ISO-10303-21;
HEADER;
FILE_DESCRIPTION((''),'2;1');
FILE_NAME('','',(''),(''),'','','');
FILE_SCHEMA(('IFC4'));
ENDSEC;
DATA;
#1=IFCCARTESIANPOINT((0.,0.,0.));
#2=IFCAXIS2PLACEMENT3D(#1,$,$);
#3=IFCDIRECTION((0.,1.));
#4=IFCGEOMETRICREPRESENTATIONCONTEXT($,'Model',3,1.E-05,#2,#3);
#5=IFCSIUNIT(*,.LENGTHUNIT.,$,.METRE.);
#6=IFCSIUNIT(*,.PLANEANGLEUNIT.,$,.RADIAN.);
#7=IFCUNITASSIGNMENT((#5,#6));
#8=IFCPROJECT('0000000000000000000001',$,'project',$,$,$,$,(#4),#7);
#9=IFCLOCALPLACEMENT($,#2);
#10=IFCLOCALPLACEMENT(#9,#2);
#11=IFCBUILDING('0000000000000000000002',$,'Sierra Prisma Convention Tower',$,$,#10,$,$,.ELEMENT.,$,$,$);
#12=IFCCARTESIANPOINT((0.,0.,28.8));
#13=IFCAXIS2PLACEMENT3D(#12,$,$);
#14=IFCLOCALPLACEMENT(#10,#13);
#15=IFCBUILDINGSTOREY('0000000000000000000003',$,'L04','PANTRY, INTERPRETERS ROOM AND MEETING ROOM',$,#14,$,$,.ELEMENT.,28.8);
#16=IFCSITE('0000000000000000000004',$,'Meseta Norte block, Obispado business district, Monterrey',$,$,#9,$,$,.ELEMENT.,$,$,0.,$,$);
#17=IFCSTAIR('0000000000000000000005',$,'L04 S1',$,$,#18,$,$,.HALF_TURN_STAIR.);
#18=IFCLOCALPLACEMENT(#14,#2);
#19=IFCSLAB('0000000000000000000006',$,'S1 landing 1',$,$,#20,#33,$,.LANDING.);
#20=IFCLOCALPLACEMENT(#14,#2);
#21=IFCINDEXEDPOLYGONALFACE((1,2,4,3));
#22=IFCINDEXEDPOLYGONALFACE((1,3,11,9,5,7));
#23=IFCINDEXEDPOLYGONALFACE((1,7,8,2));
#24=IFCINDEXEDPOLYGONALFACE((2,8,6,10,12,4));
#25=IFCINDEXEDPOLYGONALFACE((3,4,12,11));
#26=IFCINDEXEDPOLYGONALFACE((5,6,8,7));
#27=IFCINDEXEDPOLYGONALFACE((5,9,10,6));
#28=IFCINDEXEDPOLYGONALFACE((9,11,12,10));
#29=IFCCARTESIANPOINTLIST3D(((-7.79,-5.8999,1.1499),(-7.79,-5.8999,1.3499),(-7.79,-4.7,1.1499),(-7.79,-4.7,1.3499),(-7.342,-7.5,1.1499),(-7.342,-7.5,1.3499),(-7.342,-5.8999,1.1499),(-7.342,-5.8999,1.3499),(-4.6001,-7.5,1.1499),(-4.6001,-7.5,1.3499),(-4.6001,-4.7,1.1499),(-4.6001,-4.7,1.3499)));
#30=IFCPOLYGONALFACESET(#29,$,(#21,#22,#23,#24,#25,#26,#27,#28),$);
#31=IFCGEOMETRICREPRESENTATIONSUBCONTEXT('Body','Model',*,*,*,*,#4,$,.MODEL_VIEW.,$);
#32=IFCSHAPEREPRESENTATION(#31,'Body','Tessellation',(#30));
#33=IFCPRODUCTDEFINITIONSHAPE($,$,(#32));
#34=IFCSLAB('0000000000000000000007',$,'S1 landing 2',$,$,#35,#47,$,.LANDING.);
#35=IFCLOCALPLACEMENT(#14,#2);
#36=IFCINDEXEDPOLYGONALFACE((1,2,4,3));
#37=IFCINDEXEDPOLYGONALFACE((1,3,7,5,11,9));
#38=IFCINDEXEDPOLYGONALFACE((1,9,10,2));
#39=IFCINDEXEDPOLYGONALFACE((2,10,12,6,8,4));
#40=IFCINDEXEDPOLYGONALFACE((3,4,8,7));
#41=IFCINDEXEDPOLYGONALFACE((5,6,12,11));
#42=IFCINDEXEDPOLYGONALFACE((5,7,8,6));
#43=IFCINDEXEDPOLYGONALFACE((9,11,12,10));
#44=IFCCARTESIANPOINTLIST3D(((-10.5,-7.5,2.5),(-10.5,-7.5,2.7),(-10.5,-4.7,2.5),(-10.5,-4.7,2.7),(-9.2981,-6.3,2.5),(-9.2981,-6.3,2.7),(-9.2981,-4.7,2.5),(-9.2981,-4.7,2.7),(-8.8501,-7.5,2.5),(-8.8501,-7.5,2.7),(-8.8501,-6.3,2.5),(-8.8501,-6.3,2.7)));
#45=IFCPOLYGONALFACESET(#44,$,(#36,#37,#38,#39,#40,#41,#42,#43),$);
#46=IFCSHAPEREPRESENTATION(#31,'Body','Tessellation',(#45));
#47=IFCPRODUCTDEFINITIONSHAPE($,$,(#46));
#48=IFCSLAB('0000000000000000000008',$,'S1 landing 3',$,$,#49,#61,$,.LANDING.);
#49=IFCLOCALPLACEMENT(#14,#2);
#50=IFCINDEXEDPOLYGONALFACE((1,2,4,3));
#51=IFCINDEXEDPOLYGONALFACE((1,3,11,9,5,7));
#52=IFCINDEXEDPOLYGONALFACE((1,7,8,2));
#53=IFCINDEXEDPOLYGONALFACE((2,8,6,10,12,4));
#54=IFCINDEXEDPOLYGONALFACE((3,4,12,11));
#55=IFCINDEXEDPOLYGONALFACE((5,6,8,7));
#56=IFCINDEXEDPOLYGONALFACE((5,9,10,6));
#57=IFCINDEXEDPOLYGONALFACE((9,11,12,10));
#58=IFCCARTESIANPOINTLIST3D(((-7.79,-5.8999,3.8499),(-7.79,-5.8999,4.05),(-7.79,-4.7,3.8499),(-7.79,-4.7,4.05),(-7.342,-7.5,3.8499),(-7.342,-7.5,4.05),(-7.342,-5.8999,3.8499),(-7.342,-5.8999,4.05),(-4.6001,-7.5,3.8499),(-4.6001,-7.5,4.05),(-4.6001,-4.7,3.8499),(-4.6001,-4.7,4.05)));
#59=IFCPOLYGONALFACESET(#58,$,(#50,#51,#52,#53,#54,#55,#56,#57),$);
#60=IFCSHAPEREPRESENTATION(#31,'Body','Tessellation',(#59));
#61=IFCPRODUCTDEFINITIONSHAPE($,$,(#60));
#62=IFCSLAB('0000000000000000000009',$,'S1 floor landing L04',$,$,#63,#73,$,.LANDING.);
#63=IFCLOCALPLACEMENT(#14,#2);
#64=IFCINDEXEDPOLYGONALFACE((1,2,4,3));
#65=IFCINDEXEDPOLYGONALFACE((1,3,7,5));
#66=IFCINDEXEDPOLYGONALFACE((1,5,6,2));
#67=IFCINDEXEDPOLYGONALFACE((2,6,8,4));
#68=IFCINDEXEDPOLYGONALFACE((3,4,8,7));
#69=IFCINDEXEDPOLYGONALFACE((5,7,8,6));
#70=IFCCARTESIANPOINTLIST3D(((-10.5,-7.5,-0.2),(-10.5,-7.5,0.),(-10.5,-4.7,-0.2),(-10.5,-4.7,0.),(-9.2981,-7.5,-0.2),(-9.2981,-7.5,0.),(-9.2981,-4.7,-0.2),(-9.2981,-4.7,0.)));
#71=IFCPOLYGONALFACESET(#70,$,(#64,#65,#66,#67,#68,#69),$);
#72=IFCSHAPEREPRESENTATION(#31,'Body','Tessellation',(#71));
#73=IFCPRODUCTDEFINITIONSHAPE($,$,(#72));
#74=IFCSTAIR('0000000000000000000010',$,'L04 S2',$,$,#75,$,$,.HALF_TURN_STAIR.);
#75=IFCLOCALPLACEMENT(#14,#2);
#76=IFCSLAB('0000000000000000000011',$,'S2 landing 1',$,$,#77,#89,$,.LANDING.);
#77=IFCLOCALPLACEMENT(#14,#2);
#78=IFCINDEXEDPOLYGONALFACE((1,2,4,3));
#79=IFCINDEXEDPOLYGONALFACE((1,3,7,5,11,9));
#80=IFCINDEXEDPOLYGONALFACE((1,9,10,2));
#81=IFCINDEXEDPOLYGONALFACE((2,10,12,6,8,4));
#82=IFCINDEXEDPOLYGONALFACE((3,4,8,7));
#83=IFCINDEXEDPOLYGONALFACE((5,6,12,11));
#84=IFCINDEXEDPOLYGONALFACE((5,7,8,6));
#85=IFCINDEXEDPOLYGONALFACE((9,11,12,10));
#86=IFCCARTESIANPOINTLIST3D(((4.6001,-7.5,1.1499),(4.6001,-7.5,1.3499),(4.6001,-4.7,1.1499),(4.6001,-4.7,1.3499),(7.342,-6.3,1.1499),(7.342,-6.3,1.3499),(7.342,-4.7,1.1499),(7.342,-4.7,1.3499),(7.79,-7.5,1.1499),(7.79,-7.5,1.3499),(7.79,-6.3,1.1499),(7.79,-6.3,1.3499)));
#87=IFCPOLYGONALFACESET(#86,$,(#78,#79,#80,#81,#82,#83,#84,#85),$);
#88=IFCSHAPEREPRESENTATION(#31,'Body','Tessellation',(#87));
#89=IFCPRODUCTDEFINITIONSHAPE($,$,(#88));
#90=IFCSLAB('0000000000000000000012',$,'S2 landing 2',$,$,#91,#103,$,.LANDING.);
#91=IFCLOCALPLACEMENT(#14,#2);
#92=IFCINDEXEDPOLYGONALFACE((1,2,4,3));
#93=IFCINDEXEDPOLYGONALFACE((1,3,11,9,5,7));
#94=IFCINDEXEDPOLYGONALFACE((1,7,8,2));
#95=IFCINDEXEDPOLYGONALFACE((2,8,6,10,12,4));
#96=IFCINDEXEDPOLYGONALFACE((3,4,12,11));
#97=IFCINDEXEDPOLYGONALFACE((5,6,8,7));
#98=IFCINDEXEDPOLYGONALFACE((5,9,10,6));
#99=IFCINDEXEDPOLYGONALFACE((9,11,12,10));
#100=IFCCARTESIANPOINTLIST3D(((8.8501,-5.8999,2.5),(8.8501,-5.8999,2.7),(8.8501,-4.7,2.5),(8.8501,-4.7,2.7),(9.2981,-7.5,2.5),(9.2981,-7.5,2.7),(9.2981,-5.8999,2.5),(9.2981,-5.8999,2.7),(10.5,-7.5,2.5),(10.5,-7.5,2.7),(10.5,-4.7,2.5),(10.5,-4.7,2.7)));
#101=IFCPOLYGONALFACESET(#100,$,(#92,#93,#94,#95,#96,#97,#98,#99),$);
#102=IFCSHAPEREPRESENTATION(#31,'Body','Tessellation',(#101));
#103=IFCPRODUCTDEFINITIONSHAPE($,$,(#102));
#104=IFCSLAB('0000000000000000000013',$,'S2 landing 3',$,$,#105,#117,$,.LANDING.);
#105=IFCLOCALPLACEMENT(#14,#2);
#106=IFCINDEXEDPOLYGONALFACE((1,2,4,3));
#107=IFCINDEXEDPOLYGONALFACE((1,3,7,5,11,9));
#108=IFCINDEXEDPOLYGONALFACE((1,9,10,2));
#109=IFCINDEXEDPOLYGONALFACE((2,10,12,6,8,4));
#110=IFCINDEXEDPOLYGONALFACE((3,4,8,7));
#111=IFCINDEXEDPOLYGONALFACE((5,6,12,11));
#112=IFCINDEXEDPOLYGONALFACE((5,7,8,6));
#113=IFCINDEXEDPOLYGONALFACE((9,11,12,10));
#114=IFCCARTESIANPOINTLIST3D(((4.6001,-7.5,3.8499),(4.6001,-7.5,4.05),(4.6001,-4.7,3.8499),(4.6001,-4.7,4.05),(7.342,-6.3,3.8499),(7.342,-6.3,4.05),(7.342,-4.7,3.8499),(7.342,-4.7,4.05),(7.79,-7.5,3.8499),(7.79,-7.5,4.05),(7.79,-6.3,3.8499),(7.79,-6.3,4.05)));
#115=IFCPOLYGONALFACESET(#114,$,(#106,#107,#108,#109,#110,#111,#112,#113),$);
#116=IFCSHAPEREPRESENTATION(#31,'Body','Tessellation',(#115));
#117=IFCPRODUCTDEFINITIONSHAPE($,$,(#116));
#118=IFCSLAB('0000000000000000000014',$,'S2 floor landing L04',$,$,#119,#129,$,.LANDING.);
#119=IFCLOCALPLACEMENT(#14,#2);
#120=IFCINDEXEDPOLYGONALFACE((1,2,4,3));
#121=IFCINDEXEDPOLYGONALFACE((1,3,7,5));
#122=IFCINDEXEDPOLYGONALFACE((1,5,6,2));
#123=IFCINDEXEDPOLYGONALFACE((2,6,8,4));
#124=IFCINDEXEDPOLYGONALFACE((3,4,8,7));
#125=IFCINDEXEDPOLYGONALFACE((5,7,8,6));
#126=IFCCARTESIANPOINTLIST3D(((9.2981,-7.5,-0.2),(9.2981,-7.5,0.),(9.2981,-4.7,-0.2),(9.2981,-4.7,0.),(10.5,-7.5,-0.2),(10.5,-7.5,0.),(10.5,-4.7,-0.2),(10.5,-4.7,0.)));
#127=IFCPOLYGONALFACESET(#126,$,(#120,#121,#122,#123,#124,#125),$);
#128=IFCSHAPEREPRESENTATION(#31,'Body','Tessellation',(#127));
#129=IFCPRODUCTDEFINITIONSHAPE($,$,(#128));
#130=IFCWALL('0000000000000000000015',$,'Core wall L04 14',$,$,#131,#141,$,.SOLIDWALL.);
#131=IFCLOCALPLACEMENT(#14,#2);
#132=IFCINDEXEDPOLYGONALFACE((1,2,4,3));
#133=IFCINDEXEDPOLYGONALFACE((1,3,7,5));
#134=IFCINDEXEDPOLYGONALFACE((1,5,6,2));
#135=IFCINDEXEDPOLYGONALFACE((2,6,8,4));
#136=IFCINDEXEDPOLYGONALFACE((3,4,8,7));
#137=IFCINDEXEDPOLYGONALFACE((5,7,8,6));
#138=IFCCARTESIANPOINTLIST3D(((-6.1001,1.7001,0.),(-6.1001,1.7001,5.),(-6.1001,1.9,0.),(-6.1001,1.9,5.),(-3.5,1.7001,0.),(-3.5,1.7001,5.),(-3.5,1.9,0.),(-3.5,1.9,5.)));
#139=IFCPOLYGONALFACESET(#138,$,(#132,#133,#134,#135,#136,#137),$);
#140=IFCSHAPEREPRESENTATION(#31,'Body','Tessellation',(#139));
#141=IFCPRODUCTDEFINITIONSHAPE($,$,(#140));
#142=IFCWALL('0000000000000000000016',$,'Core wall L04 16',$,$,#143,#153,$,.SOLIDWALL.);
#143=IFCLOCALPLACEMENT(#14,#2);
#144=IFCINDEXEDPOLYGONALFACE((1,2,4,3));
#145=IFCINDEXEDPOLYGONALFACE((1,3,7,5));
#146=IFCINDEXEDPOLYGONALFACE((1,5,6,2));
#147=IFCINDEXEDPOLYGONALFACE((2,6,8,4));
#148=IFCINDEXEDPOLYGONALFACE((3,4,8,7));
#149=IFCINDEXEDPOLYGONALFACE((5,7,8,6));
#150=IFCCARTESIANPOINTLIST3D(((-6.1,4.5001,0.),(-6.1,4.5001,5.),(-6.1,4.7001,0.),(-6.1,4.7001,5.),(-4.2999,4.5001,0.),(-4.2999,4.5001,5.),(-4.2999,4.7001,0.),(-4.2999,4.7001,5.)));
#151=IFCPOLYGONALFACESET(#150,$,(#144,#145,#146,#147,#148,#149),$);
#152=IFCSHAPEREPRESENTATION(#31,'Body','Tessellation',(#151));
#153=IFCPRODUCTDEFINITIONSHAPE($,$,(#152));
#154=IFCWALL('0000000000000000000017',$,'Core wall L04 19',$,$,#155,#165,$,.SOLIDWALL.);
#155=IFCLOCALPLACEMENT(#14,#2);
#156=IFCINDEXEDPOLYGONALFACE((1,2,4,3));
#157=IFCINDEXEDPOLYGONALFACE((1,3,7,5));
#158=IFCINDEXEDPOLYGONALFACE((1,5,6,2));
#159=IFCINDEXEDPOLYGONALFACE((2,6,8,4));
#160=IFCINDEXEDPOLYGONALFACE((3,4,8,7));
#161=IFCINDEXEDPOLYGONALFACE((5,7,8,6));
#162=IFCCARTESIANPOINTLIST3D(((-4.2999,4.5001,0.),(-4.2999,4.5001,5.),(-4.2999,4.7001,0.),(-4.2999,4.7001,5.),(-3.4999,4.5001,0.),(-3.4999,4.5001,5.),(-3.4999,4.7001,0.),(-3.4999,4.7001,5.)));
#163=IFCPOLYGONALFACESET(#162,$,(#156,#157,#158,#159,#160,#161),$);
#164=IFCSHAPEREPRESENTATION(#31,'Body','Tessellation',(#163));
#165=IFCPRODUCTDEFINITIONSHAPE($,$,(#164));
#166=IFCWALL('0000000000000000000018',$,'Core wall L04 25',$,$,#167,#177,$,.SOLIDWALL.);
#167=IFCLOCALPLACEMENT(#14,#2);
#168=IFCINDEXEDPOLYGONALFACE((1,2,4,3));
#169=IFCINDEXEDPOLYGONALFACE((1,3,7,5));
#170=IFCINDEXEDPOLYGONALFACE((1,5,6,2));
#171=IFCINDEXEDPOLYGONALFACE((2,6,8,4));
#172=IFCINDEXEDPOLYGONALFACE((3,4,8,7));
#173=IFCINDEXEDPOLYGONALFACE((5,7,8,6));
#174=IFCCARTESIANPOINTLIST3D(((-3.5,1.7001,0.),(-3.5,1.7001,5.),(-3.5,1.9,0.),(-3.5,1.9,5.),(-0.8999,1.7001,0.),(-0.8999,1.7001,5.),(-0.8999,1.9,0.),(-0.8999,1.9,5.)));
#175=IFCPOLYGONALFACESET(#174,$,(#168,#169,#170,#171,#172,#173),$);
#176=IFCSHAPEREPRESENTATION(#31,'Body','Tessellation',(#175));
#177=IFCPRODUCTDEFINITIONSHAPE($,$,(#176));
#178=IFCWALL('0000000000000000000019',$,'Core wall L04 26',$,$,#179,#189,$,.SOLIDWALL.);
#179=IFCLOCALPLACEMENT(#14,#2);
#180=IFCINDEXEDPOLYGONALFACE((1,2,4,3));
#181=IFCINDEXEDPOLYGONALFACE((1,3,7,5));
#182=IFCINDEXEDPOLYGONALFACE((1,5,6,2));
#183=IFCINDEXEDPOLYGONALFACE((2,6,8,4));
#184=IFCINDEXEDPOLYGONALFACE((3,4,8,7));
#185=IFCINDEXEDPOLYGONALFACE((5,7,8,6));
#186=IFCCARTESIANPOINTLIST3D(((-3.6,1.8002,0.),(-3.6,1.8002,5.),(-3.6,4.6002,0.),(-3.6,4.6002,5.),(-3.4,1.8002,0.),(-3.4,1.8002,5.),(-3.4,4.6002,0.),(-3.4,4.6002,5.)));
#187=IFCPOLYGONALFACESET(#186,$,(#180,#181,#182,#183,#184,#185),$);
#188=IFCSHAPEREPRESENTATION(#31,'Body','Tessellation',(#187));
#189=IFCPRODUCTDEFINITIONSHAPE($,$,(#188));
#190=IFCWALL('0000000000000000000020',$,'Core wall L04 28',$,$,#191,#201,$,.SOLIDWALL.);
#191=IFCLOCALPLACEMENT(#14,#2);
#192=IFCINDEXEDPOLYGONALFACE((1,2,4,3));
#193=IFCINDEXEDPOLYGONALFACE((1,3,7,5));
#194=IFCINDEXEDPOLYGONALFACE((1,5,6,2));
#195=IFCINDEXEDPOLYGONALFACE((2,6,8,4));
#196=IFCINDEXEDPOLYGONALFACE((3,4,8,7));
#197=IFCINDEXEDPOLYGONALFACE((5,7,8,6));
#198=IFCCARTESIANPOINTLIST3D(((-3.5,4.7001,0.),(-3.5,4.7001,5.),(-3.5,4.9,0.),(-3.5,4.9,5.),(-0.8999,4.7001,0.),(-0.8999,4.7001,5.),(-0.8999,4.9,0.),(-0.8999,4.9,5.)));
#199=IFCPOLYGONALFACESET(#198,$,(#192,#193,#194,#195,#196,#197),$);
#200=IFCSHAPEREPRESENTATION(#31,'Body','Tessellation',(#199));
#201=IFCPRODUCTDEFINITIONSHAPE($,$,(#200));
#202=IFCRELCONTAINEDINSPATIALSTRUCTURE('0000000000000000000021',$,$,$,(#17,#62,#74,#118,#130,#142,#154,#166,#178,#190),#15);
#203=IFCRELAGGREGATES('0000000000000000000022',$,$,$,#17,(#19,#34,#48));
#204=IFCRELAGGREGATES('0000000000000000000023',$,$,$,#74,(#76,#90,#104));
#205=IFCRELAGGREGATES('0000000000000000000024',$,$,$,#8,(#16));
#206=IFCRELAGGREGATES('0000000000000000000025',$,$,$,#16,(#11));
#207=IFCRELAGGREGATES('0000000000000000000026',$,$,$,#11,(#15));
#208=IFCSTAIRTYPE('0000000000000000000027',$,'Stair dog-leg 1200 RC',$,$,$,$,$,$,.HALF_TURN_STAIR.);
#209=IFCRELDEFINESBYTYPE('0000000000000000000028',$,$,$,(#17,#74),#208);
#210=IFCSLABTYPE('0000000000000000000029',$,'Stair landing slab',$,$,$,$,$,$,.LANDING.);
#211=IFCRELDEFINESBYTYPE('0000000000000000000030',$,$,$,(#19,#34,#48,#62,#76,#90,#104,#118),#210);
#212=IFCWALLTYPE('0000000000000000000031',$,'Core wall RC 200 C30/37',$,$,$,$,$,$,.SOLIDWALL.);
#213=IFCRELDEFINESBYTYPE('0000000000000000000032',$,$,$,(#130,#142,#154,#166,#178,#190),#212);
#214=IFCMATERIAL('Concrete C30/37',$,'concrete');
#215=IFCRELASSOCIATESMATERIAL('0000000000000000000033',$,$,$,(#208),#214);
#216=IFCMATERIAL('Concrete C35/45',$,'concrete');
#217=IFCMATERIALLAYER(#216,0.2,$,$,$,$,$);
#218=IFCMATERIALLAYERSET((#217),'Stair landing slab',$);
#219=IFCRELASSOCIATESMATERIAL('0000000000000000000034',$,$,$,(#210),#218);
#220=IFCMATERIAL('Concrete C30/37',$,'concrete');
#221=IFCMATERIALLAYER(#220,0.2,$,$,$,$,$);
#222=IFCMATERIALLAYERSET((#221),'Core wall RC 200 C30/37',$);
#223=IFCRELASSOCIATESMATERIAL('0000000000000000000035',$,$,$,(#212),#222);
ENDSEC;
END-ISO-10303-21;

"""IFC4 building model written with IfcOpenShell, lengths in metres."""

from ifc_helpers import new_model, si_unit, direction, frame, frame_2d, origin, place, context, subcontext, project, spatial, polyline, rectangle, outline, extrude, material, layer, layer_set, type_object, element, aggregate, save


model = new_model("IFC4")

# Units and contexts
model_context = context("Model", 3, precision=1e-05, world=origin(), true_north=direction((0.0, 1.0)))
body_context = subcontext(model_context, "Body", "Model", "MODEL_VIEW")
ifc_project = project(units=[si_unit("LENGTHUNIT", "METRE"), si_unit("PLANEANGLEUNIT", "RADIAN")], contexts=[model_context])

# Site, building, storey
site_placement = place(None, origin())
site = spatial("IfcSite", under=ifc_project, at=site_placement, Name="Meseta Norte block, Obispado business district, Monterrey", CompositionType="ELEMENT", RefElevation=0.0)
building_placement = place(site_placement, origin())
building = spatial("IfcBuilding", under=site, at=building_placement, Name="Sierra Prisma Convention Tower", CompositionType="ELEMENT")
storey_placement = place(building_placement, frame((0.0, 0.0, 28.8)))
storey = spatial("IfcBuildingStorey", under=building, at=storey_placement, Name="L04", Description="PANTRY, INTERPRETERS ROOM AND MEETING ROOM", CompositionType="ELEMENT", Elevation=28.8)

# Stair, slabs
ifc_material_1 = material(Name="Concrete C30/37", Category="concrete")
stair_type = type_object("IfcStairType", Name="Stair dog-leg 1200 RC", PredefinedType="HALF_TURN_STAIR", material=ifc_material_1)
stair_1_placement = place(storey_placement, origin())
stair_1 = element("IfcStair", 1, at=stair_1_placement, inside=storey, type_object=stair_type, Name="L04 S1", PredefinedType="HALF_TURN_STAIR")
ifc_material_2 = material(Name="Concrete C35/45", Category="concrete")
ifc_layer_1 = layer(ifc_material_2, 0.2)
ifc_layer_set_1 = layer_set([ifc_layer_1], Name="Stair landing slab")
slab_type_1 = type_object("IfcSlabType", Name="Stair landing slab", PredefinedType="LANDING", material=ifc_layer_set_1)
slab_1_placement = place(storey_placement, frame((0.0, 0.0, 1.1499)))
slab_1 = element("IfcSlab", 2, at=slab_1_placement, type_object=slab_type_1, Name="S1 landing 1", PredefinedType="LANDING", context=body_context, shape_type="SweptSolid", body=[
    extrude(outline(polyline([(-4.6001, -4.7), (-4.6001, -7.5), (-7.342, -7.5), (-7.342, -5.8999), (-7.79, -5.8999), (-7.79, -4.7), (-4.6001, -4.7)])), origin(), (0.0, 0.0, 1.0), 0.2),
])
slab_2_placement = place(storey_placement, frame((0.0, 0.0, 2.5)))
slab_2 = element("IfcSlab", 3, at=slab_2_placement, type_object=slab_type_1, Name="S1 landing 2", PredefinedType="LANDING", context=body_context, shape_type="SweptSolid", body=[
    extrude(outline(polyline([(-10.5, -7.5), (-10.5, -4.7), (-9.2981, -4.7), (-9.2981, -6.3), (-8.8501, -6.3), (-8.8501, -7.5), (-10.5, -7.5)])), origin(), (0.0, 0.0, 1.0), 0.2),
])
slab_3_placement = place(storey_placement, frame((0.0, 0.0, 3.8499)))
slab_3 = element("IfcSlab", 4, at=slab_3_placement, type_object=slab_type_1, Name="S1 landing 3", PredefinedType="LANDING", context=body_context, shape_type="SweptSolid", body=[
    extrude(outline(polyline([(-4.6001, -4.7), (-4.6001, -7.5), (-7.342, -7.5), (-7.342, -5.8999), (-7.79, -5.8999), (-7.79, -4.7), (-4.6001, -4.7)])), origin(), (0.0, 0.0, 1.0), 0.2002),
])
aggregate(stair_1, [slab_1, slab_2, slab_3])

# Slab
slab_4_placement = place(storey_placement, frame((0.0, 0.0, -0.2)))
element("IfcSlab", 5, at=slab_4_placement, inside=storey, type_object=slab_type_1, Name="S1 floor landing L04", PredefinedType="LANDING", context=body_context, shape_type="SweptSolid", body=[
    extrude(outline(polyline([(-10.5, -7.5), (-9.2981, -7.5), (-9.2981, -4.7), (-10.5, -4.7), (-10.5, -7.5)])), origin(), (0.0, 0.0, 1.0), 0.2),
])

# Stair, slabs
stair_2_placement = place(storey_placement, origin())
stair_2 = element("IfcStair", 6, at=stair_2_placement, inside=storey, type_object=stair_type, Name="L04 S2", PredefinedType="HALF_TURN_STAIR")
slab_5_placement = place(storey_placement, frame((0.0, 0.0, 1.1499)))
slab_5 = element("IfcSlab", 7, at=slab_5_placement, type_object=slab_type_1, Name="S2 landing 1", PredefinedType="LANDING", context=body_context, shape_type="SweptSolid", body=[
    extrude(outline(polyline([(7.79, -6.3), (7.79, -7.5), (4.6001, -7.5), (4.6001, -4.7), (7.342, -4.7), (7.342, -6.3), (7.79, -6.3)])), origin(), (0.0, 0.0, 1.0), 0.2),
])
slab_6_placement = place(storey_placement, frame((0.0, 0.0, 2.5)))
slab_6 = element("IfcSlab", 8, at=slab_6_placement, type_object=slab_type_1, Name="S2 landing 2", PredefinedType="LANDING", context=body_context, shape_type="SweptSolid", body=[
    extrude(outline(polyline([(10.5, -4.7), (10.5, -7.5), (9.2981, -7.5), (9.2981, -5.8999), (8.8501, -5.8999), (8.8501, -4.7), (10.5, -4.7)])), origin(), (0.0, 0.0, 1.0), 0.2),
])
slab_7_placement = place(storey_placement, frame((0.0, 0.0, 3.8499)))
slab_7 = element("IfcSlab", 9, at=slab_7_placement, type_object=slab_type_1, Name="S2 landing 3", PredefinedType="LANDING", context=body_context, shape_type="SweptSolid", body=[
    extrude(outline(polyline([(7.79, -6.3), (7.79, -7.5), (4.6001, -7.5), (4.6001, -4.7), (7.342, -4.7), (7.342, -6.3), (7.79, -6.3)])), origin(), (0.0, 0.0, 1.0), 0.2002),
])
aggregate(stair_2, [slab_5, slab_6, slab_7])

# Slab
slab_8_placement = place(storey_placement, frame((0.0, 0.0, -0.2)))
element("IfcSlab", 10, at=slab_8_placement, inside=storey, type_object=slab_type_1, Name="S2 floor landing L04", PredefinedType="LANDING", context=body_context, shape_type="SweptSolid", body=[
    extrude(outline(polyline([(10.5, -4.7), (9.2981, -4.7), (9.2981, -7.5), (10.5, -7.5), (10.5, -4.7)])), origin(), (0.0, 0.0, 1.0), 0.2),
])

# Walls
ifc_material_3 = material(Name="Concrete C30/37", Category="concrete")
ifc_layer_2 = layer(ifc_material_3, 0.2)
ifc_layer_set_2 = layer_set([ifc_layer_2], Name="Core wall RC 200 C30/37")
wall_type = type_object("IfcWallType", Name="Core wall RC 200 C30/37", PredefinedType="SOLIDWALL", material=ifc_layer_set_2)
wall_1_placement = place(storey_placement, frame((-3.5, 1.8, 0.0), z_axis=(0.0, 0.0, 1.0), x_axis=(-1.0, 0.0, 0.0)))
element("IfcWall", 11, at=wall_1_placement, inside=storey, type_object=wall_type, Name="Core wall L04 14", PredefinedType="SOLIDWALL", context=body_context, shape_type="SweptSolid", body=[
    extrude(rectangle(XDim=2.6001, YDim=0.2, at=frame_2d((1.3, 0.0))), origin(), (0.0, 0.0, 1.0), 5.0),
])
wall_2_placement = place(storey_placement, frame((-4.3, 4.6001, 0.0), z_axis=(0.0, 0.0, 1.0), x_axis=(-1.0, 0.0, 0.0)))
element("IfcWall", 12, at=wall_2_placement, inside=storey, type_object=wall_type, Name="Core wall L04 16", PredefinedType="SOLIDWALL", context=body_context, shape_type="SweptSolid", body=[
    extrude(rectangle(XDim=1.8, YDim=0.2, at=frame_2d((0.8999, 0.0))), origin(), (0.0, 0.0, 1.0), 5.0),
])
wall_3_placement = place(storey_placement, frame((-3.5, 4.6001, 0.0), z_axis=(0.0, 0.0, 1.0), x_axis=(-1.0, 0.0, 0.0)))
element("IfcWall", 13, at=wall_3_placement, inside=storey, type_object=wall_type, Name="Core wall L04 19", PredefinedType="SOLIDWALL", context=body_context, shape_type="SweptSolid", body=[
    extrude(rectangle(XDim=0.8, YDim=0.2, at=frame_2d((0.3999, 0.0))), origin(), (0.0, 0.0, 1.0), 5.0),
])

# Walls
wall_4_placement = place(storey_placement, frame((-0.8999, 1.8, 0.0), z_axis=(0.0, 0.0, 1.0), x_axis=(-1.0, 0.0, 0.0)))
element("IfcWall", 14, at=wall_4_placement, inside=storey, type_object=wall_type, Name="Core wall L04 25", PredefinedType="SOLIDWALL", context=body_context, shape_type="SweptSolid", body=[
    extrude(rectangle(XDim=2.6001, YDim=0.2, at=frame_2d((1.3, 0.0))), origin(), (0.0, 0.0, 1.0), 5.0),
])
wall_5_placement = place(storey_placement, frame((-3.5, 4.6001, 0.0), z_axis=(0.0, 0.0, 1.0), x_axis=(0.0, -1.0, 0.0)))
element("IfcWall", 15, at=wall_5_placement, inside=storey, type_object=wall_type, Name="Core wall L04 26", PredefinedType="SOLIDWALL", context=body_context, shape_type="SweptSolid", body=[
    extrude(rectangle(XDim=2.8, YDim=0.2, at=frame_2d((1.3999, 0.0))), origin(), (0.0, 0.0, 1.0), 5.0),
])

# Wall
wall_6_placement = place(storey_placement, frame((-0.8999, 4.8, 0.0), z_axis=(0.0, 0.0, 1.0), x_axis=(-1.0, 0.0, 0.0)))
element("IfcWall", 16, at=wall_6_placement, inside=storey, type_object=wall_type, Name="Core wall L04 28", PredefinedType="SOLIDWALL", context=body_context, shape_type="SweptSolid", body=[
    extrude(rectangle(XDim=2.6001, YDim=0.2, at=frame_2d((1.3, 0.0))), origin(), (0.0, 0.0, 1.0), 5.0),
])

save(model, "model.ifc")
